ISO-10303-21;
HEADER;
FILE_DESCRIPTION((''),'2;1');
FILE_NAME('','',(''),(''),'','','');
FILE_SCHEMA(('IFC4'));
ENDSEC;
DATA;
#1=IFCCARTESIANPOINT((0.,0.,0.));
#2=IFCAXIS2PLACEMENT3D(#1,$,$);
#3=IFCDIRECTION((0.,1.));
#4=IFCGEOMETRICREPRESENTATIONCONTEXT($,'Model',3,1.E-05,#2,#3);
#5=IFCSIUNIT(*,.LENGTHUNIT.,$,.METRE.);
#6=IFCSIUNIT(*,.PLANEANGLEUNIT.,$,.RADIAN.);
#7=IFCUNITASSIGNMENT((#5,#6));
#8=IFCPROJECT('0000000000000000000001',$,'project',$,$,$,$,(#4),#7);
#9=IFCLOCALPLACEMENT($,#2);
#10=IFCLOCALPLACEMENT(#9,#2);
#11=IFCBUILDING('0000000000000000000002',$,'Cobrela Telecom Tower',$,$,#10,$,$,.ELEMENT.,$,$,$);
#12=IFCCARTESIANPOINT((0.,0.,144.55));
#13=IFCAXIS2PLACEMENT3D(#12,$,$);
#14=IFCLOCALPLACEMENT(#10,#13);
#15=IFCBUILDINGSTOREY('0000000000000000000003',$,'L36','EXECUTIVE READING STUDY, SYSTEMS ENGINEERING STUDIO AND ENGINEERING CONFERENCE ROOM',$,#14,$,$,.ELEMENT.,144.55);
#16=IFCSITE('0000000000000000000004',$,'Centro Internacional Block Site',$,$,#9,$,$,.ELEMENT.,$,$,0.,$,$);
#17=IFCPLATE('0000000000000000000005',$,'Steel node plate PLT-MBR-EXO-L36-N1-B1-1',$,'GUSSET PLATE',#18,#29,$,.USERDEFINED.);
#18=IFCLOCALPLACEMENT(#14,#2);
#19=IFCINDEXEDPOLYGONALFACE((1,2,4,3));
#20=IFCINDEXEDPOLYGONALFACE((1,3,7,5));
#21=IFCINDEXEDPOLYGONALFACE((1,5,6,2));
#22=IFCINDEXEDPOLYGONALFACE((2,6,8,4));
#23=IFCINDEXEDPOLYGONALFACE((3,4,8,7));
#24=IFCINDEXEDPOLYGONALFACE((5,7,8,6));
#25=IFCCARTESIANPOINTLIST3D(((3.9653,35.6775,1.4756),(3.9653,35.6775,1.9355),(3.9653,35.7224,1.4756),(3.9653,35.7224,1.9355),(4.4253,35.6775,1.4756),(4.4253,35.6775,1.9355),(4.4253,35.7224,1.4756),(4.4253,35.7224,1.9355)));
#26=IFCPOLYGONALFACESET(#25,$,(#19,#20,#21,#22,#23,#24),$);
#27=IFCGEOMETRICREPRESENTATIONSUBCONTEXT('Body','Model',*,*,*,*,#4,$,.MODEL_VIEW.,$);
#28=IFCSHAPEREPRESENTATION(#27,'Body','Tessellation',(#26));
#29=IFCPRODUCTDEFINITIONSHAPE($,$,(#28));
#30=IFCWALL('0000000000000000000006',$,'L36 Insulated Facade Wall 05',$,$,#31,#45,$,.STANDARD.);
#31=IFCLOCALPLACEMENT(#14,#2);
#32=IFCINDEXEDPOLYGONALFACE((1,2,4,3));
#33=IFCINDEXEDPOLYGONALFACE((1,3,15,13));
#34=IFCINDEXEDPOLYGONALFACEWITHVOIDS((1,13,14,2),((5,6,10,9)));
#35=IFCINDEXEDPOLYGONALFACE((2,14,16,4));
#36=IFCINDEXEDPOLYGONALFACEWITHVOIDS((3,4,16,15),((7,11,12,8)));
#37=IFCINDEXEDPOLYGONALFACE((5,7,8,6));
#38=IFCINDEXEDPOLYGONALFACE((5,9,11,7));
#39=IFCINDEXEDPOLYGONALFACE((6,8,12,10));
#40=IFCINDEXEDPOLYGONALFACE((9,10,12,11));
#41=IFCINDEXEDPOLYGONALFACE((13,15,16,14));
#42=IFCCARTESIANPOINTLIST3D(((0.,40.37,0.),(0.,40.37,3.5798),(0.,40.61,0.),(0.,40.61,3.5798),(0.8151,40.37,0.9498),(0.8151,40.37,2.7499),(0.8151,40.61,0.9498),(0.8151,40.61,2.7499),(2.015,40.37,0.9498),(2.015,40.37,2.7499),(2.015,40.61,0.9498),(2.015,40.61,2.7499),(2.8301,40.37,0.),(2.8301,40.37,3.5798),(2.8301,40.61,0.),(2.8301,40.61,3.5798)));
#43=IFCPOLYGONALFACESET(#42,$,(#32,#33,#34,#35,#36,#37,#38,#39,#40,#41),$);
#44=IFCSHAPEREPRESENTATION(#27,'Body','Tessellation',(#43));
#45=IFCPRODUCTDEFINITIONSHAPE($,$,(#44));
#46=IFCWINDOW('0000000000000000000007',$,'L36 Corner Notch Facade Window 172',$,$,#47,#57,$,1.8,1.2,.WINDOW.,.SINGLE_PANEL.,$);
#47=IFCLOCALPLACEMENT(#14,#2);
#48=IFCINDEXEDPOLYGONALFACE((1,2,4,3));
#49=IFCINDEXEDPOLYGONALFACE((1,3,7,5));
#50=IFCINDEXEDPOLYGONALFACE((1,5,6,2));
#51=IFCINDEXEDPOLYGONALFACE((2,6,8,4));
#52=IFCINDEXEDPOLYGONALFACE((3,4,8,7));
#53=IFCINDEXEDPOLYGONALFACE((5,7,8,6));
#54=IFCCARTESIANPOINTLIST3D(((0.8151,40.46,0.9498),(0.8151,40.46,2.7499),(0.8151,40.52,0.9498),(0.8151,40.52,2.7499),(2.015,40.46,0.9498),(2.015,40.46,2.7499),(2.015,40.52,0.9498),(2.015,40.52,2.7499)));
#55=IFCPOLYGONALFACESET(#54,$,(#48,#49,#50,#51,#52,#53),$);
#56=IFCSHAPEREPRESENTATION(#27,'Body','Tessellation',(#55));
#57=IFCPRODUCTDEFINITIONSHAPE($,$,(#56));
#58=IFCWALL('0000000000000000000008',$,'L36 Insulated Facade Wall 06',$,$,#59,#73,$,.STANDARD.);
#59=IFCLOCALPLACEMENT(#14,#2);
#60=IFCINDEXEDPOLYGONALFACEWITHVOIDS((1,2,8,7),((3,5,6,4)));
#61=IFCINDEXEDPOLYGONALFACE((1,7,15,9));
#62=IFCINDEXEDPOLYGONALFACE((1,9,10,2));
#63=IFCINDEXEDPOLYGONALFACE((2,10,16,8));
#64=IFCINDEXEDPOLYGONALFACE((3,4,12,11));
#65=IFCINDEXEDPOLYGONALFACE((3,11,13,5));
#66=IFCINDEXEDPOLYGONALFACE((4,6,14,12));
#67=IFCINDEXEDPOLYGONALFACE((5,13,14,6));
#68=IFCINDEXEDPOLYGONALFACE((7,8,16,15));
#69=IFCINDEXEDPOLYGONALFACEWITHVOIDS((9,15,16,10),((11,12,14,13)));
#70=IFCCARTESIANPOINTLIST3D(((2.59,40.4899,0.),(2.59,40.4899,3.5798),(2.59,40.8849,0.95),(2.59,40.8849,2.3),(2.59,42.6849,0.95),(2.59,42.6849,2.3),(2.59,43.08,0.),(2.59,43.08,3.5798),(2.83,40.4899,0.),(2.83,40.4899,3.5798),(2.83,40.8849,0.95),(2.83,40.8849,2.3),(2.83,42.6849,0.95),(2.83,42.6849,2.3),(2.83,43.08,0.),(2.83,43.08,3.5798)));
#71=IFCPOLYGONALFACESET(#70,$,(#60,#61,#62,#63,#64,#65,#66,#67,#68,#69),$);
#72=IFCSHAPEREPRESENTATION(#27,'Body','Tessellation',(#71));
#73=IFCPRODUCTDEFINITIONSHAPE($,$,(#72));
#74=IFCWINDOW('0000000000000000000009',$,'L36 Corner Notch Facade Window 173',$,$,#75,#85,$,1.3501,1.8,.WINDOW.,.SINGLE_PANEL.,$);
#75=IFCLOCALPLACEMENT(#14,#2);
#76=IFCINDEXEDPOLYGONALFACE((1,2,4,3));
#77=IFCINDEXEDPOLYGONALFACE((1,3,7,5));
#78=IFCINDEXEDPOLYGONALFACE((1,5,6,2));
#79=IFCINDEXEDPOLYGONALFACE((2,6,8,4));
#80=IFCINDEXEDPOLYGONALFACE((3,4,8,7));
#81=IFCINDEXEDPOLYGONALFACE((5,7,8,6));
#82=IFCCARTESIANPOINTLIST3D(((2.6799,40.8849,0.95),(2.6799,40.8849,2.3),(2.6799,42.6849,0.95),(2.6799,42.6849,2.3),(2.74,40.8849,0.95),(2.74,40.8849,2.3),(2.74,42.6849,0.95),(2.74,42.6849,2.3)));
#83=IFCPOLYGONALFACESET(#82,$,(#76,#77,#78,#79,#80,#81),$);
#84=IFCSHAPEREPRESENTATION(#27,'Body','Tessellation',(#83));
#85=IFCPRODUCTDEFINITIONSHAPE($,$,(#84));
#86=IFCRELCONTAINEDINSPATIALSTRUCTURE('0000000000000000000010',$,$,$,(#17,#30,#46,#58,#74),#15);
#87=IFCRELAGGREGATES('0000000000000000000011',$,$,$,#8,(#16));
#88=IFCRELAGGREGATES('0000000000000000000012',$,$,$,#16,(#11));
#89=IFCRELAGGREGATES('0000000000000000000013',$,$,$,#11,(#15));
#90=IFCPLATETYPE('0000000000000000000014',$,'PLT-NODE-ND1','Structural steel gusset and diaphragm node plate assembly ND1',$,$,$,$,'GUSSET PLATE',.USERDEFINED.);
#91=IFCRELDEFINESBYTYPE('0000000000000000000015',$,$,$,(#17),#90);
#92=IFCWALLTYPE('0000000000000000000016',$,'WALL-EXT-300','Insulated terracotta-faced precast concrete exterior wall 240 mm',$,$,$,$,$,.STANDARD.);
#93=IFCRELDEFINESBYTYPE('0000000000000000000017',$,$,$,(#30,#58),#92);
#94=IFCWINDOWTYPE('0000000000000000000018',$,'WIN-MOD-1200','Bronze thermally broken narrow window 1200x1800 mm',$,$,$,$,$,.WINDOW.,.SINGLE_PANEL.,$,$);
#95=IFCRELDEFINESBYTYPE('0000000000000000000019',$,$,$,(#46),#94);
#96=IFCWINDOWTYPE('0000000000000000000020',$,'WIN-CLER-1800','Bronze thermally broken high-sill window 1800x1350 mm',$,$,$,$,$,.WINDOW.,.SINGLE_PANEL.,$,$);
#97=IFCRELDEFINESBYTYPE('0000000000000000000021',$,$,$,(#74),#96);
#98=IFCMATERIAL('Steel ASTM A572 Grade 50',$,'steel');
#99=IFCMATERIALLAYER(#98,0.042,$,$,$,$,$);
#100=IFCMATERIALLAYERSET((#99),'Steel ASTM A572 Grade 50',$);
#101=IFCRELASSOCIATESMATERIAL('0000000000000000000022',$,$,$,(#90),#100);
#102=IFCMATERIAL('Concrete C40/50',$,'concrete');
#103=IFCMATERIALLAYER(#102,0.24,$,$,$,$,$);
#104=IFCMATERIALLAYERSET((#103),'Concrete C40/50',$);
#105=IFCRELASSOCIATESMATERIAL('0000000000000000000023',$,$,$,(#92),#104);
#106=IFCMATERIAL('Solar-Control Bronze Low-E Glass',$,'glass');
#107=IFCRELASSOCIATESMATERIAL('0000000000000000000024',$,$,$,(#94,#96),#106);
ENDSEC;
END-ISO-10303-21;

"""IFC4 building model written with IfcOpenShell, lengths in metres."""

from ifc_helpers import new_model, si_unit, direction, frame, frame_2d, origin, origin_2d, place, context, subcontext, project, spatial, rectangle, extrude, material, layer, layer_set, type_object, element, fill, save


model = new_model("IFC4")

# Units and contexts
model_context = context("Model", 3, precision=1e-05, world=origin(), true_north=direction((0.0, 1.0)))
body_context = subcontext(model_context, "Body", "Model", "MODEL_VIEW")
ifc_project = project(units=[si_unit("LENGTHUNIT", "METRE"), si_unit("PLANEANGLEUNIT", "RADIAN")], contexts=[model_context])

# Site, building, storey
site_placement = place(None, origin())
site = spatial("IfcSite", under=ifc_project, at=site_placement, Name="Centro Internacional Block Site", CompositionType="ELEMENT", RefElevation=0.0)
building_placement = place(site_placement, origin())
building = spatial("IfcBuilding", under=site, at=building_placement, Name="Cobrela Telecom Tower", CompositionType="ELEMENT")
storey_placement = place(building_placement, frame((0.0, 0.0, 144.55)))
storey = spatial("IfcBuildingStorey", under=building, at=storey_placement, Name="L36", Description="EXECUTIVE READING STUDY, SYSTEMS ENGINEERING STUDIO AND ENGINEERING CONFERENCE ROOM", CompositionType="ELEMENT", Elevation=144.55)

# Shared definitions
ifc_material_1 = material(Name="Steel ASTM A572 Grade 50", Category="steel")

# Shared definitions
ifc_material_2 = material(Name="Solar-Control Bronze Low-E Glass", Category="glass")

# Plate
ifc_layer_1 = layer(ifc_material_1, 0.042)
ifc_layer_set_1 = layer_set([ifc_layer_1], Name="Steel ASTM A572 Grade 50")
plate_type_1 = type_object("IfcPlateType", Name="PLT-NODE-ND1", Description="Structural steel gusset and diaphragm node plate assembly ND1", ElementType="GUSSET PLATE", PredefinedType="USERDEFINED", material=ifc_layer_set_1)
for number, where, z_axis, x_axis, name in (
    (1, (4.1953, 35.7, 1.4756), (0.0, 0.0, 1.0), (-1.0, 0.0, 0.0), "Steel node plate PLT-MBR-EXO-L36-N1-B1-1"),
):
    element("IfcPlate", number, at=place(storey_placement, frame(where, z_axis=z_axis, x_axis=x_axis)), inside=storey, type_object=plate_type_1, Name=name, ObjectType="GUSSET PLATE", PredefinedType="USERDEFINED", context=body_context, shape_type="SweptSolid", body=[
        extrude(rectangle(XDim=0.46, YDim=0.0449, at=origin_2d()), origin(), (0.0, 0.0, 1.0), 0.46),
    ])

# Walls, openings, windows
ifc_material_3 = material(Name="Concrete C40/50", Category="concrete")
ifc_layer_2 = layer(ifc_material_3, 0.24)
ifc_layer_set_2 = layer_set([ifc_layer_2], Name="Concrete C40/50")
wall_type = type_object("IfcWallType", Name="WALL-EXT-300", Description="Insulated terracotta-faced precast concrete exterior wall 240 mm", PredefinedType="STANDARD", material=ifc_layer_set_2)
wall_1_placement = place(storey_placement, frame((0.0, 40.49, 0.0), z_axis=(0.0, 0.0, 1.0), x_axis=(1.0, 0.0, 0.0)))
wall_1 = element("IfcWall", 2, at=wall_1_placement, inside=storey, type_object=wall_type, Name="L36 Insulated Facade Wall 05", PredefinedType="STANDARD", context=body_context, shape_type="SweptSolid", body=[
    extrude(rectangle(XDim=2.8301, YDim=0.24, at=frame_2d((1.415, 0.0))), origin(), (0.0, 0.0, 1.0), 3.5798),
])
opening_1_placement = place(wall_1_placement, frame((0.8149, 0.0, 0.95)))
opening_1 = element("IfcOpeningElement", 3, at=opening_1_placement, cuts=wall_1, PredefinedType="OPENING", context=body_context, shape_type="SweptSolid", body=[
    extrude(rectangle(XDim=1.2, YDim=1.8, at=frame_2d((0.6001, 0.8999))), frame((0.0, 0.1318, 0.0), z_axis=(0.0, -1.0, 0.0), x_axis=(1.0, 0.0, 0.0)), (0.0, 0.0, 1.0), 0.2639),
])
window_type_1 = type_object("IfcWindowType", Name="WIN-MOD-1200", Description="Bronze thermally broken narrow window 1200x1800 mm", PartitioningType="SINGLE_PANEL", PredefinedType="WINDOW", material=ifc_material_2)
window_1_placement = place(opening_1_placement, origin())
window_1 = element("IfcWindow", 4, at=window_1_placement, inside=storey, type_object=window_type_1, Name="L36 Corner Notch Facade Window 172", OverallHeight=1.8, OverallWidth=1.2, PartitioningType="SINGLE_PANEL", PredefinedType="WINDOW", context=body_context, shape_type="SweptSolid", body=[
    extrude(rectangle(XDim=1.2, YDim=1.8, at=frame_2d((0.6001, 0.8999))), frame((0.0, 0.03, 0.0), z_axis=(0.0, -1.0, 0.0), x_axis=(1.0, 0.0, 0.0)), (0.0, 0.0, 1.0), 0.0601),
])
fill(opening_1, window_1)
wall_2_placement = place(storey_placement, frame((2.71, 40.49, 0.0), z_axis=(0.0, 0.0, 1.0), x_axis=(0.0, 1.0, 0.0)))
wall_2 = element("IfcWall", 5, at=wall_2_placement, inside=storey, type_object=wall_type, Name="L36 Insulated Facade Wall 06", PredefinedType="STANDARD", context=body_context, shape_type="SweptSolid", body=[
    extrude(rectangle(XDim=2.5901, YDim=0.24, at=frame_2d((1.2949, 0.0))), origin(), (0.0, 0.0, 1.0), 3.5798),
])
opening_2_placement = place(wall_2_placement, frame((0.395, 0.0, 0.95)))
opening_2 = element("IfcOpeningElement", 6, at=opening_2_placement, cuts=wall_2, PredefinedType="OPENING", context=body_context, shape_type="SweptSolid", body=[
    extrude(rectangle(XDim=1.8, YDim=1.3501, at=frame_2d((0.8999, 0.675))), frame((0.0, 0.1318, 0.0), z_axis=(0.0, -1.0, 0.0), x_axis=(1.0, 0.0, 0.0)), (0.0, 0.0, 1.0), 0.2639),
])
window_type_2 = type_object("IfcWindowType", Name="WIN-CLER-1800", Description="Bronze thermally broken high-sill window 1800x1350 mm", PartitioningType="SINGLE_PANEL", PredefinedType="WINDOW", material=ifc_material_2)
window_2_placement = place(opening_2_placement, origin())
window_2 = element("IfcWindow", 7, at=window_2_placement, inside=storey, type_object=window_type_2, Name="L36 Corner Notch Facade Window 173", OverallHeight=1.3501, OverallWidth=1.8, PartitioningType="SINGLE_PANEL", PredefinedType="WINDOW", context=body_context, shape_type="SweptSolid", body=[
    extrude(rectangle(XDim=1.8, YDim=1.3501, at=frame_2d((0.8999, 0.675))), frame((0.0, 0.03, 0.0), z_axis=(0.0, -1.0, 0.0), x_axis=(1.0, 0.0, 0.0)), (0.0, 0.0, 1.0), 0.0601),
])
fill(opening_2, window_2)

save(model, "model.ifc")
